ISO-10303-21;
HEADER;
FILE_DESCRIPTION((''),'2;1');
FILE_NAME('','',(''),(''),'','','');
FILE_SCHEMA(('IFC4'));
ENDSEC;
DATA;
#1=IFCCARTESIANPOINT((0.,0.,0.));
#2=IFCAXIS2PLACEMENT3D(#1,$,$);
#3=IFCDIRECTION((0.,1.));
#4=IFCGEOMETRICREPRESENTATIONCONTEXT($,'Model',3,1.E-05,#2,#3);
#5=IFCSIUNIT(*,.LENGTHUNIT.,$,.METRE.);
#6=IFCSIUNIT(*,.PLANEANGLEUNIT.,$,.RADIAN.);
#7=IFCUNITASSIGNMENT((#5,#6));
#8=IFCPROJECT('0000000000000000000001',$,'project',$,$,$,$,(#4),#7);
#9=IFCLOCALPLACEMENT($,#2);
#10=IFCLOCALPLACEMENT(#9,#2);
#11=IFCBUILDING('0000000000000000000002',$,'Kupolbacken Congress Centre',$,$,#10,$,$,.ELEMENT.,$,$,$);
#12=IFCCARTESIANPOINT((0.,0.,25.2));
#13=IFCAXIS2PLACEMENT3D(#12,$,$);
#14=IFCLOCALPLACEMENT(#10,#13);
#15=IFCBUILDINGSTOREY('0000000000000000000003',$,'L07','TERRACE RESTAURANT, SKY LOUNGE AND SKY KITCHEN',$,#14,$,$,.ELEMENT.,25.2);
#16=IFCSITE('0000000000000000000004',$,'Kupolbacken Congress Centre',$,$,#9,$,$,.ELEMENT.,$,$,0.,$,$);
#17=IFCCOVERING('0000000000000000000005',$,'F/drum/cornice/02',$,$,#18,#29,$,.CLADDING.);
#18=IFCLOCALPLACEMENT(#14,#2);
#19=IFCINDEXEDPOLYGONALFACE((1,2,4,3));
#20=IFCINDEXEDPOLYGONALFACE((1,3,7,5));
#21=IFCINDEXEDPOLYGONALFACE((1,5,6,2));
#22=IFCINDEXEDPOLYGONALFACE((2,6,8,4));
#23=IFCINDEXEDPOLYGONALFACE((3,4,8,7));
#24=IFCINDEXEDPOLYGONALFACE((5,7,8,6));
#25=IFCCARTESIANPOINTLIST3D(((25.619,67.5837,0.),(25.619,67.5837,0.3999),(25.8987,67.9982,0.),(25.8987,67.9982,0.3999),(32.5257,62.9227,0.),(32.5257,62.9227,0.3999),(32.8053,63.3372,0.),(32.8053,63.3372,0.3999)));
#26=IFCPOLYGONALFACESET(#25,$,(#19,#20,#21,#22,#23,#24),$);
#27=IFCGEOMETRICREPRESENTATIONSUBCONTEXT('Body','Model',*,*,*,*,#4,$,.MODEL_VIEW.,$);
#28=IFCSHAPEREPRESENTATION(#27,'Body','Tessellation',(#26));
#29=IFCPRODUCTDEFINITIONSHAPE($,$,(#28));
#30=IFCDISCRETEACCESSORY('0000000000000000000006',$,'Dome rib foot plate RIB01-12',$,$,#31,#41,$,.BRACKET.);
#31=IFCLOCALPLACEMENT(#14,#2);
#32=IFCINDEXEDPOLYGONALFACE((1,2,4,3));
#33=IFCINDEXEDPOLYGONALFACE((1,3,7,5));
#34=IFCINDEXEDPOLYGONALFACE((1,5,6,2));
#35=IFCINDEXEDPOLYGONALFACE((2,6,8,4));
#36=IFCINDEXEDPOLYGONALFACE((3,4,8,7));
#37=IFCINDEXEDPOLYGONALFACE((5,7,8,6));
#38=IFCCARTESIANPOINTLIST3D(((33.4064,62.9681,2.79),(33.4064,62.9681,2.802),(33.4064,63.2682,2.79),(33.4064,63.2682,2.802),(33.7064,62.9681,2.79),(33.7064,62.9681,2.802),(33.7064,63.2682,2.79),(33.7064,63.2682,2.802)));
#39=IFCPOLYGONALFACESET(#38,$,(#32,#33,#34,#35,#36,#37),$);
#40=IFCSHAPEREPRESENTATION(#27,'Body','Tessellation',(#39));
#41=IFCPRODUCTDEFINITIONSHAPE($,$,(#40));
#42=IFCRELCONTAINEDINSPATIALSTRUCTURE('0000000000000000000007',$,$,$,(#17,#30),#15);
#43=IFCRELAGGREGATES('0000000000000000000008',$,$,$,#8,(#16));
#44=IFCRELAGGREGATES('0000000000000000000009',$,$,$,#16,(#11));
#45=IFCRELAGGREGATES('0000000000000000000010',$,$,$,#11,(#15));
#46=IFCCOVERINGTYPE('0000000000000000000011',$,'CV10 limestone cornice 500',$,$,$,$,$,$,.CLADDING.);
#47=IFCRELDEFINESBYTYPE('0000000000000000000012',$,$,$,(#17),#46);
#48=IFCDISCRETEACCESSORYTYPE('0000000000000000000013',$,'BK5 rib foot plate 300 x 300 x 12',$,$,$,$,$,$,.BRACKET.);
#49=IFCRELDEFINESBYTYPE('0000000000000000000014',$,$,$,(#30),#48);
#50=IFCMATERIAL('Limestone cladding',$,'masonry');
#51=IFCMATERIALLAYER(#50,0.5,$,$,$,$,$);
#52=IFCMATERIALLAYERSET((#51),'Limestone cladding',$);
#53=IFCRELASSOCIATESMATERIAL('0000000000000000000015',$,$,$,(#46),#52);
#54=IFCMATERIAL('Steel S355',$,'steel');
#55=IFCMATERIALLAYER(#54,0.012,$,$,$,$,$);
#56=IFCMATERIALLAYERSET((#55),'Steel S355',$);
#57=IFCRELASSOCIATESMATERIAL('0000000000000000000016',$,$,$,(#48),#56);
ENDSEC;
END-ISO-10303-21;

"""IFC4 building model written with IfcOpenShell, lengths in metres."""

from ifc_helpers import new_model, si_unit, direction, frame, origin, origin_2d, place, context, subcontext, project, spatial, rectangle, extrude, material, layer, layer_set, type_object, element, save


model = new_model("IFC4")

# Units and contexts
model_context = context("Model", 3, precision=1e-05, world=origin(), true_north=direction((0.0, 1.0)))
body_context = subcontext(model_context, "Body", "Model", "MODEL_VIEW")
ifc_project = project(units=[si_unit("LENGTHUNIT", "METRE"), si_unit("PLANEANGLEUNIT", "RADIAN")], contexts=[model_context])

# Site, building, storey
site_placement = place(None, origin())
site = spatial("IfcSite", under=ifc_project, at=site_placement, Name="Kupolbacken Congress Centre", CompositionType="ELEMENT", RefElevation=0.0)
building_placement = place(site_placement, origin())
building = spatial("IfcBuilding", under=site, at=building_placement, Name="Kupolbacken Congress Centre", CompositionType="ELEMENT")
storey_placement = place(building_placement, frame((0.0, 0.0, 25.2)))
storey = spatial("IfcBuildingStorey", under=building, at=storey_placement, Name="L07", Description="TERRACE RESTAURANT, SKY LOUNGE AND SKY KITCHEN", CompositionType="ELEMENT", Elevation=25.2)

# Covering
ifc_material_1 = material(Name="Limestone cladding", Category="masonry")
ifc_layer_1 = layer(ifc_material_1, 0.5)
ifc_layer_set_1 = layer_set([ifc_layer_1], Name="Limestone cladding")
covering_type = type_object("IfcCoveringType", Name="CV10 limestone cornice 500", PredefinedType="CLADDING", material=ifc_layer_set_1)
covering_placement = place(storey_placement, frame((29.2122, 65.4604, 0.0), z_axis=(0.0, 0.0, 1.0), x_axis=(0.828908, -0.559386, 0.0)))
element("IfcCovering", 1, at=covering_placement, inside=storey, type_object=covering_type, Name="F/drum/cornice/02", PredefinedType="CLADDING", context=body_context, shape_type="SweptSolid", body=[
    extrude(rectangle(XDim=8.3323, YDim=0.5, at=origin_2d()), origin(), (0.0, 0.0, 1.0), 0.3999),
])

# Discrete accessory
ifc_material_2 = material(Name="Steel S355", Category="steel")
ifc_layer_2 = layer(ifc_material_2, 0.012)
ifc_layer_set_2 = layer_set([ifc_layer_2], Name="Steel S355")
discrete_accessory_type = type_object("IfcDiscreteAccessoryType", Name="BK5 rib foot plate 300 x 300 x 12", PredefinedType="BRACKET", material=ifc_layer_set_2)
discrete_accessory_placement = place(storey_placement, frame((33.5564, 63.1182, 2.79), z_axis=(0.0, 0.0, 1.0), x_axis=(1.0, 0.0, 0.0)))
element("IfcDiscreteAccessory", 2, at=discrete_accessory_placement, inside=storey, type_object=discrete_accessory_type, Name="Dome rib foot plate RIB01-12", PredefinedType="BRACKET", context=body_context, shape_type="SweptSolid", body=[
    extrude(rectangle(XDim=0.3, YDim=0.3, at=origin_2d()), origin(), (0.0, 0.0, 1.0), 0.012),
])

save(model, "model.ifc")
